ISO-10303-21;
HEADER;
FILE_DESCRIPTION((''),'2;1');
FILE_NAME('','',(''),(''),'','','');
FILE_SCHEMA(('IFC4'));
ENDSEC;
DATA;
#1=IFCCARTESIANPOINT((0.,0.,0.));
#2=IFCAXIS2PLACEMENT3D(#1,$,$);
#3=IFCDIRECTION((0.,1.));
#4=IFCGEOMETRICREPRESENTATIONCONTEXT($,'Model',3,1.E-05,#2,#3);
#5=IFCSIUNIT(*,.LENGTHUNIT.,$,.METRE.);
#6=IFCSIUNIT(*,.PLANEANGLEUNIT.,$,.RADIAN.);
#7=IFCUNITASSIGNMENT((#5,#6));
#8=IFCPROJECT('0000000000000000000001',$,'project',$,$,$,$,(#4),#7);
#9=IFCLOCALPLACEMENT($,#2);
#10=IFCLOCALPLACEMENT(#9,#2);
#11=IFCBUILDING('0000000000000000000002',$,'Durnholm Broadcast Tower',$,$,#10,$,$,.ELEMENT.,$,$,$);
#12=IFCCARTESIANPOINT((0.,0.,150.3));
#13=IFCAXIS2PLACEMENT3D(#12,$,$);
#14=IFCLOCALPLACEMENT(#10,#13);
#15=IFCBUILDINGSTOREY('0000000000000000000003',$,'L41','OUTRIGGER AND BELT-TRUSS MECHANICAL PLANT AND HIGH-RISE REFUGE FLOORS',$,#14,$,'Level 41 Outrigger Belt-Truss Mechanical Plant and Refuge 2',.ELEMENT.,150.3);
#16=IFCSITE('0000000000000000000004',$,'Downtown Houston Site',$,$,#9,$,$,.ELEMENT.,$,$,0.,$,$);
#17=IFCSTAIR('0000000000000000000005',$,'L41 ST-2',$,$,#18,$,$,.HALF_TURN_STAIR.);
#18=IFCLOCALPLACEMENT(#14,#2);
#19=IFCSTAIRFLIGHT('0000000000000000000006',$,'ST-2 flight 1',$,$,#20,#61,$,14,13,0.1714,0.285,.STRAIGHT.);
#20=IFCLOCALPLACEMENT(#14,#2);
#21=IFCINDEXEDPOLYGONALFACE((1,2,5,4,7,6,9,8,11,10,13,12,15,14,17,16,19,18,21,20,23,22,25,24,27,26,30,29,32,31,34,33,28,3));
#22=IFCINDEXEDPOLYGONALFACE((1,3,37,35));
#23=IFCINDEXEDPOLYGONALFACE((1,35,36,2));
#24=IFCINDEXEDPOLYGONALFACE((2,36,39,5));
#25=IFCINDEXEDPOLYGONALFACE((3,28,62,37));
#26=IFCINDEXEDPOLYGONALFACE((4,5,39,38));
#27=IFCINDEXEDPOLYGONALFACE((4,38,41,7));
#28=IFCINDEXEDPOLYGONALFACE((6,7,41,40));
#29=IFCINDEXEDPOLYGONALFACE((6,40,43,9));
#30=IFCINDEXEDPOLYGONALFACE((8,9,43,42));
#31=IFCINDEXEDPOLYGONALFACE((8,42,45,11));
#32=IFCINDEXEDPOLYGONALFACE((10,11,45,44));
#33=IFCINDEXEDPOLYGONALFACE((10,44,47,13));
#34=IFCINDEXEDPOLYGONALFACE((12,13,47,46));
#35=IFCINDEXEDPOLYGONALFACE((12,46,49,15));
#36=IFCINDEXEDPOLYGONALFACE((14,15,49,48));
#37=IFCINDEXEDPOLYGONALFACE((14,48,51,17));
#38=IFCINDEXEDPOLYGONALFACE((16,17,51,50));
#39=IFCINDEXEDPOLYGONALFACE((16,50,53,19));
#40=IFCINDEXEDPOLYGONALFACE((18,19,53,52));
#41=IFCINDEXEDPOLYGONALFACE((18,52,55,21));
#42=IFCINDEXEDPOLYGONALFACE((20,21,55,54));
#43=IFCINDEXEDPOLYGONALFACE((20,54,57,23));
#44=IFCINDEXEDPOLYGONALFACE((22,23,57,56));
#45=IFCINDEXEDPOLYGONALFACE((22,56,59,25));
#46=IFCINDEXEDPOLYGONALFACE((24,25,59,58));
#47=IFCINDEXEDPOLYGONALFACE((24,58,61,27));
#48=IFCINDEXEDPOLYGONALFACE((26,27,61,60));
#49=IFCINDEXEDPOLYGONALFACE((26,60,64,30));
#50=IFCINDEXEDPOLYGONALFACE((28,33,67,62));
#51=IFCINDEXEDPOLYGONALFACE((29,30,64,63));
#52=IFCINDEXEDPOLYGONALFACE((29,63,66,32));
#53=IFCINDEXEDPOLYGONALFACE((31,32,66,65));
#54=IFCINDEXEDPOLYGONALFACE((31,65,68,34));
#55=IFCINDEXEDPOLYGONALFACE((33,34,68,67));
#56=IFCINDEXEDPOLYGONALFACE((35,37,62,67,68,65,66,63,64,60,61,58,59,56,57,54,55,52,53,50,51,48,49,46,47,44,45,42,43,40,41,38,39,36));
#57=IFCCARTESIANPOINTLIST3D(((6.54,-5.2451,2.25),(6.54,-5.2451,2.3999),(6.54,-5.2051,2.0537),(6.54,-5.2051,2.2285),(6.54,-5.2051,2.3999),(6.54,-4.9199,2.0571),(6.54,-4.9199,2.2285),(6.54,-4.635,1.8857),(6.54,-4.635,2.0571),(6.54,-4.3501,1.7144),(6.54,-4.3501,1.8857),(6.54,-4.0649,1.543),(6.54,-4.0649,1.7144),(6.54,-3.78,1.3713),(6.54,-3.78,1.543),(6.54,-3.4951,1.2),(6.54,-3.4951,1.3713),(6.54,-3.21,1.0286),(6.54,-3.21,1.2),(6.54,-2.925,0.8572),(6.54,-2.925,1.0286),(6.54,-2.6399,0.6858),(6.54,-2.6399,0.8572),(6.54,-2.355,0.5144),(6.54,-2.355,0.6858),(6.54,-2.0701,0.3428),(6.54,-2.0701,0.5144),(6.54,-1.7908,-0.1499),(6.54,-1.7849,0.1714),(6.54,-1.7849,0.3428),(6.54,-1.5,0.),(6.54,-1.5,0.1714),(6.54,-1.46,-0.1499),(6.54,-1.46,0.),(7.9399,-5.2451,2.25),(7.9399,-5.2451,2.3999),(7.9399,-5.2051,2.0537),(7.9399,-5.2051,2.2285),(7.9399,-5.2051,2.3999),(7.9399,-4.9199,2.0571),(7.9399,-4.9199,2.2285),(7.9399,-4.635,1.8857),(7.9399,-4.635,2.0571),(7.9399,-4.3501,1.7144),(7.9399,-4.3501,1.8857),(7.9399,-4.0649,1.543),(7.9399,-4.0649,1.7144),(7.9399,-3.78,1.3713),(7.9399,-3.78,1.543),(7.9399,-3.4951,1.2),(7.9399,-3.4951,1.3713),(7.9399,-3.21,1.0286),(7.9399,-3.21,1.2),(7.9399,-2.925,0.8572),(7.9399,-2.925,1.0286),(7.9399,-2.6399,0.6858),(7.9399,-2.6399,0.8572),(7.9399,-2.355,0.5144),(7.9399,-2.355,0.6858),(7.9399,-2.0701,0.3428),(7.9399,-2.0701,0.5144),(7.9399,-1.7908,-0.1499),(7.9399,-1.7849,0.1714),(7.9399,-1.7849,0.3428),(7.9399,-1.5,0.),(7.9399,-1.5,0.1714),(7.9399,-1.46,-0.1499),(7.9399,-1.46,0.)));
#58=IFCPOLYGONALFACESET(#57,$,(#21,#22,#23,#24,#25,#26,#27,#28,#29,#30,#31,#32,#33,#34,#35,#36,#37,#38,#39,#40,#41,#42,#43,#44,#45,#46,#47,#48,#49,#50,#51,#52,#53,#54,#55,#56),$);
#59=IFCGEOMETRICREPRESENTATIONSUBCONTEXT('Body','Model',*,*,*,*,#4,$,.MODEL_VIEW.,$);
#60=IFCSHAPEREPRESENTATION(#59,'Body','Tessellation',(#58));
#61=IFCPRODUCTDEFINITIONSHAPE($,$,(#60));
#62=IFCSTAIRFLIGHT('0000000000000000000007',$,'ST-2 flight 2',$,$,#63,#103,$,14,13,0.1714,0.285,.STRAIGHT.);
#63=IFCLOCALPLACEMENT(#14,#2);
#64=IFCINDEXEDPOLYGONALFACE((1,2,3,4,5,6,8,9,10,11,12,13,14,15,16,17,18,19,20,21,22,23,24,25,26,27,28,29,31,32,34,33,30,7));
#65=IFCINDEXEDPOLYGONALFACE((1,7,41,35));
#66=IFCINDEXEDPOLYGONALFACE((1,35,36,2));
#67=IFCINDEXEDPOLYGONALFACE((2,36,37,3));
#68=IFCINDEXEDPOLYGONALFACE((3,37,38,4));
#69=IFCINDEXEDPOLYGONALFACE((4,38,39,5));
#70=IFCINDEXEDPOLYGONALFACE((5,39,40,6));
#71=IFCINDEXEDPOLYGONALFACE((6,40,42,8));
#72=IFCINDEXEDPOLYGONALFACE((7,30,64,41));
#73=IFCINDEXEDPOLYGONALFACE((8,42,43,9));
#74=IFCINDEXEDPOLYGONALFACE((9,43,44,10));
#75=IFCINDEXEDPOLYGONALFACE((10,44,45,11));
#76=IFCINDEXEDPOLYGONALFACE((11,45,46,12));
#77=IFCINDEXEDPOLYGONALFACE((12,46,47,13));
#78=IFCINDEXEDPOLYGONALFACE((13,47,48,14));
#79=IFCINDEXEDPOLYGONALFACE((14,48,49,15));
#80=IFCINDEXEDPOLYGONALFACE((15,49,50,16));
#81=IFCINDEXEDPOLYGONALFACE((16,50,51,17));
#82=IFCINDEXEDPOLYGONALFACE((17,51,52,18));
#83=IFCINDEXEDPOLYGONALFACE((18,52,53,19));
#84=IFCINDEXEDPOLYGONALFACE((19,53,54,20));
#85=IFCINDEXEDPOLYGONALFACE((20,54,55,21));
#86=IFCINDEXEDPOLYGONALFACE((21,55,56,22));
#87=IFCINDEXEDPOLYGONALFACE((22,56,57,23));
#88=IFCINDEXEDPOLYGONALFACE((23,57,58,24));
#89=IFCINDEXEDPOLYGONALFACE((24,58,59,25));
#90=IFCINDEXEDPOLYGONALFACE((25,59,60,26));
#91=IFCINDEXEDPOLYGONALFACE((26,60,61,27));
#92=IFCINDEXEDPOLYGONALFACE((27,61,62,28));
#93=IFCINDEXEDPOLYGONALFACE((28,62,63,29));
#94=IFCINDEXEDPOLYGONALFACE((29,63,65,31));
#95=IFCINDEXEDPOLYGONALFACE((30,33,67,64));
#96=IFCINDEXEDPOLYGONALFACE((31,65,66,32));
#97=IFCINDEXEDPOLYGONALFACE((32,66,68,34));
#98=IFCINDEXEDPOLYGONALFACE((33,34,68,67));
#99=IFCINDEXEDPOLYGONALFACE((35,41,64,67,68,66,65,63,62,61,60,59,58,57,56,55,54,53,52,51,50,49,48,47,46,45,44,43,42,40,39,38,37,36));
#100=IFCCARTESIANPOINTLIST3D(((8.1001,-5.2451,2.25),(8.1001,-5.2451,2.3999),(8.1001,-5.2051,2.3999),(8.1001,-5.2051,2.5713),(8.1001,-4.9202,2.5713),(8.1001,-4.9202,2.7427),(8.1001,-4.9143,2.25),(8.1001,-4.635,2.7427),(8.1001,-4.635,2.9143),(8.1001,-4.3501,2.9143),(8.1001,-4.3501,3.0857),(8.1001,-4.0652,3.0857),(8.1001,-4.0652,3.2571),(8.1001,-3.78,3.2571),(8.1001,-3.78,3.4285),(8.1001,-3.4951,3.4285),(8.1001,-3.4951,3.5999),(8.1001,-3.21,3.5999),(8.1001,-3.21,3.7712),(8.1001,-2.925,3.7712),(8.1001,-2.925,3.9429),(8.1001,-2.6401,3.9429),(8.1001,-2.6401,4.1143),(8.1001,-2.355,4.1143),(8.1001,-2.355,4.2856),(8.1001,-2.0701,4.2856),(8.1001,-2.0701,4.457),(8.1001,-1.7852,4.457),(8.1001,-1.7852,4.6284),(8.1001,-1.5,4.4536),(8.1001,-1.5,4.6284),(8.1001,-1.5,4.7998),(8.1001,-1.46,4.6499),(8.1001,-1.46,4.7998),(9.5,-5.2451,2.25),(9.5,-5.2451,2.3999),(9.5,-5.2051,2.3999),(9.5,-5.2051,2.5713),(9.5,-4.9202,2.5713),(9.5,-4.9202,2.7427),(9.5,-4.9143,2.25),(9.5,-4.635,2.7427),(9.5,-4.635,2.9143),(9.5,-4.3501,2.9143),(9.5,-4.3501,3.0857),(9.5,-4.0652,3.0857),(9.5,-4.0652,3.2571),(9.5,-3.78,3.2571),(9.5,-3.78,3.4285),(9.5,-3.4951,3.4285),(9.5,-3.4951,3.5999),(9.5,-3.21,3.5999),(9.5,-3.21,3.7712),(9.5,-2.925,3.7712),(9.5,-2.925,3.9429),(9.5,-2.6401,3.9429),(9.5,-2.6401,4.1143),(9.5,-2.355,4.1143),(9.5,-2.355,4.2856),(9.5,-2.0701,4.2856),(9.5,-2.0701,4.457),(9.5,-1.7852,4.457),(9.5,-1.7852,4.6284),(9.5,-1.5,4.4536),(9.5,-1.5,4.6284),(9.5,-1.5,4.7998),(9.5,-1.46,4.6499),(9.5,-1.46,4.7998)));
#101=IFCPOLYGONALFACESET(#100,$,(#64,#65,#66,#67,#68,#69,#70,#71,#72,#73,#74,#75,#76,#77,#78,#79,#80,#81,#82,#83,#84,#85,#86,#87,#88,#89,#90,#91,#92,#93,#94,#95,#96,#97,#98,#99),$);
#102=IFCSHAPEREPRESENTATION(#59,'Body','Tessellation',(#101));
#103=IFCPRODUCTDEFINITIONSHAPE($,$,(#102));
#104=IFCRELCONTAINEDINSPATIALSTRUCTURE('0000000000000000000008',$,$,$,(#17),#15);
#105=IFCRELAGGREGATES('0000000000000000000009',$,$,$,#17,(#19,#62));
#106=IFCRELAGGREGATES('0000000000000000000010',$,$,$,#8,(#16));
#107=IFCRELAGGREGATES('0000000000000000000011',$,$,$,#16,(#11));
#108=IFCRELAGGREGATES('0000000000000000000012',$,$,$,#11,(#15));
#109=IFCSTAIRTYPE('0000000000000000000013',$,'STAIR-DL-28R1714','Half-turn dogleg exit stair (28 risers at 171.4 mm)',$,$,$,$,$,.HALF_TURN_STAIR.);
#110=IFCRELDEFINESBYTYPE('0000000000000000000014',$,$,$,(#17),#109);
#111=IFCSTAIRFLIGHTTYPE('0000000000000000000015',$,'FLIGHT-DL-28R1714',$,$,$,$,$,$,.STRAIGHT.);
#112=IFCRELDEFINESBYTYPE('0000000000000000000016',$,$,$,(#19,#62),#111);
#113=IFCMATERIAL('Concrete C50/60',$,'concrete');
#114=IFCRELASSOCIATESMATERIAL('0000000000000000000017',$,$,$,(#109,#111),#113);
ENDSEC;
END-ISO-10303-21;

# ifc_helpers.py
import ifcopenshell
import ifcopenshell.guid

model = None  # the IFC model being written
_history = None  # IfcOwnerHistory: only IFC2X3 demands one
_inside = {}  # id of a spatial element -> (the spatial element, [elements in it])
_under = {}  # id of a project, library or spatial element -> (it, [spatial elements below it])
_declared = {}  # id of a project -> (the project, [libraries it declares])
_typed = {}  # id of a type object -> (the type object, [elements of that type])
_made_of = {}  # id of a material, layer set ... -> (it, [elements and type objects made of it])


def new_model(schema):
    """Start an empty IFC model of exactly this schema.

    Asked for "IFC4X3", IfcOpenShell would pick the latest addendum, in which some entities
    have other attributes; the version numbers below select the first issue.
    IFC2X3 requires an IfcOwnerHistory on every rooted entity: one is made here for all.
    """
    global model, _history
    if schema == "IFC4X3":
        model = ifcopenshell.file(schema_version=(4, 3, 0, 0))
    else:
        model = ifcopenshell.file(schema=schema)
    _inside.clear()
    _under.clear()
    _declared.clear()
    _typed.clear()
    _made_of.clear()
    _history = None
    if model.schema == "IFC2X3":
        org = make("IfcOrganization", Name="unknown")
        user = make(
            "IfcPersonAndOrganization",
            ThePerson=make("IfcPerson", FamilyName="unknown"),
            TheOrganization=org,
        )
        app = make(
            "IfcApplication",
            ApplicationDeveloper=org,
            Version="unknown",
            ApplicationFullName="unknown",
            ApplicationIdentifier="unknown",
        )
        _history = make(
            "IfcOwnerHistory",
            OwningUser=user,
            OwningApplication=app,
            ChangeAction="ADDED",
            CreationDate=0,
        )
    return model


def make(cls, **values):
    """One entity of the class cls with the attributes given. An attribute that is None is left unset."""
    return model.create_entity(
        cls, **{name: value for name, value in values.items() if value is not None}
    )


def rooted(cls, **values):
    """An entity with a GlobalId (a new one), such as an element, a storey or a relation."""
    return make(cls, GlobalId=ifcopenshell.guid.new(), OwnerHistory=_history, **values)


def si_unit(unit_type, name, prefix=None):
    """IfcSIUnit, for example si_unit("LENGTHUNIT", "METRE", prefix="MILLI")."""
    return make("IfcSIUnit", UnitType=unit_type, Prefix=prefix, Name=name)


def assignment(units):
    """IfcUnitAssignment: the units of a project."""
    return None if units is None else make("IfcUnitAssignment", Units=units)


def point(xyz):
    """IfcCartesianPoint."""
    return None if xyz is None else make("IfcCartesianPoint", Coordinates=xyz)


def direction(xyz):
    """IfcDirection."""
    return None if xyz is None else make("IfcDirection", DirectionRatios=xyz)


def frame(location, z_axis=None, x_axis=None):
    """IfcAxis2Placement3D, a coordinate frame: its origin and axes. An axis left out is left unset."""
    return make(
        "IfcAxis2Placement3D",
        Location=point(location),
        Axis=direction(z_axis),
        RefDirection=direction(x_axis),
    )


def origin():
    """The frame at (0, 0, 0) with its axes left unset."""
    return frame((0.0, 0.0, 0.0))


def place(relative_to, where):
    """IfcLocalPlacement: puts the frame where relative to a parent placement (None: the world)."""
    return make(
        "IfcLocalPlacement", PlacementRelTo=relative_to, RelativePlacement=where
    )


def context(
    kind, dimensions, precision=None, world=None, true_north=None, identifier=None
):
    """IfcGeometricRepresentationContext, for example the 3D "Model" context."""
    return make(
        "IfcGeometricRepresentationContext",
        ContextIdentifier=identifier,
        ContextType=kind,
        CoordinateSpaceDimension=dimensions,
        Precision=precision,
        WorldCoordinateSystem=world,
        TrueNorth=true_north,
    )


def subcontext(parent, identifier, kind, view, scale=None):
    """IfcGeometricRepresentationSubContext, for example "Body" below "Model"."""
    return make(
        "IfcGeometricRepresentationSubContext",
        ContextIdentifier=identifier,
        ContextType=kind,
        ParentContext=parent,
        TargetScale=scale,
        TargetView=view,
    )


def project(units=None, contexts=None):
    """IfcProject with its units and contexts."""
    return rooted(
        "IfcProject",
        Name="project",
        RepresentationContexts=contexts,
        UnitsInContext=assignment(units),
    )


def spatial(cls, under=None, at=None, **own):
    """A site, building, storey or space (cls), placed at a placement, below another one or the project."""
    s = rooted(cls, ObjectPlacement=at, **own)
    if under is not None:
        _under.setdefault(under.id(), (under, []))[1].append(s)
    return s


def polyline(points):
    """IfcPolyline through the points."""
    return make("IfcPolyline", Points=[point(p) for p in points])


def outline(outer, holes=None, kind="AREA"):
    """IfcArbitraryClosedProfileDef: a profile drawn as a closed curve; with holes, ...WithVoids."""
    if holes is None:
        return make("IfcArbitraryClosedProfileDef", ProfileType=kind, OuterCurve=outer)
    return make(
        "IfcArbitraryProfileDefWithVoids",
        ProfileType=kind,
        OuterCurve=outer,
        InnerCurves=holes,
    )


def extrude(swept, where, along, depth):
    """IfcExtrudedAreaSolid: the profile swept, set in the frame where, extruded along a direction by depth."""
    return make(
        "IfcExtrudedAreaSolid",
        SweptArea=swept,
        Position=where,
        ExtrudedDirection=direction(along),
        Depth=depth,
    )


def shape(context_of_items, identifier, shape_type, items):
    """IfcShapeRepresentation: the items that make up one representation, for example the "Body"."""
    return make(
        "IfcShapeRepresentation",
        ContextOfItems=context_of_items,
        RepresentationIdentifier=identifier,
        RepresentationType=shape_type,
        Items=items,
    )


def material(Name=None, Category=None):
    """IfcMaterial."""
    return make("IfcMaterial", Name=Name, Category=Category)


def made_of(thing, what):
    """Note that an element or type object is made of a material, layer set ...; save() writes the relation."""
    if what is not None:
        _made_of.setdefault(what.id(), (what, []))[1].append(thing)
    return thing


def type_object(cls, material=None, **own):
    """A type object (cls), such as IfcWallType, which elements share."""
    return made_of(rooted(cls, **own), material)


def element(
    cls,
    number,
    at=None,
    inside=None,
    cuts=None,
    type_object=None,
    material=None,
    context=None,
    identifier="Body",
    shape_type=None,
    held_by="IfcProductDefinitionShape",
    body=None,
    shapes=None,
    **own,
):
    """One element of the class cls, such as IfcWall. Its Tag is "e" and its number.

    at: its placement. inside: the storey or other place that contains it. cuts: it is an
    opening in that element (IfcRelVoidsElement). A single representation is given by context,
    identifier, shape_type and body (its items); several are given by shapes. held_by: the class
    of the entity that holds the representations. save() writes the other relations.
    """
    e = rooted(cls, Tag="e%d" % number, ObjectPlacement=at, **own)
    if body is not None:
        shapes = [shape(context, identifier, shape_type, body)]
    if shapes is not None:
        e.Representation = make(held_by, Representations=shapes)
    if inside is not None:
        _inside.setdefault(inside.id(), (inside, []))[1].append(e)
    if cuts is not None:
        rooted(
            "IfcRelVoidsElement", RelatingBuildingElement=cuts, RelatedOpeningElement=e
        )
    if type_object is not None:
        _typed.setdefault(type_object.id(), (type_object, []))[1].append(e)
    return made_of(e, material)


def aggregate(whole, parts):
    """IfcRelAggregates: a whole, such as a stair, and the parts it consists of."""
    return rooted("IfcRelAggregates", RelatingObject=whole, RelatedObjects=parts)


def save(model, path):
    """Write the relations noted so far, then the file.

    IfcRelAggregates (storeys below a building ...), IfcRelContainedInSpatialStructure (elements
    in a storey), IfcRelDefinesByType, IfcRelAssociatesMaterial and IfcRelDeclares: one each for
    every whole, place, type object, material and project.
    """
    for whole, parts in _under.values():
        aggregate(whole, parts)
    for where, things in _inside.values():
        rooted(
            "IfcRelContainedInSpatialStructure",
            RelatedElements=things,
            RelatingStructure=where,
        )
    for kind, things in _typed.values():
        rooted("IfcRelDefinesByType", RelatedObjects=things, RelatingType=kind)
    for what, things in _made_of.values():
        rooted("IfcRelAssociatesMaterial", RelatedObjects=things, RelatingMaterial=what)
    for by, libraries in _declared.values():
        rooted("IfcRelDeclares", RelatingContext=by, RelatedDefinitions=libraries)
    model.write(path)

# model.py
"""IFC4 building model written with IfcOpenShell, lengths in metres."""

from ifc_helpers import new_model, si_unit, direction, frame, origin, place, context, subcontext, project, spatial, polyline, outline, extrude, material, type_object, element, aggregate, save


model = new_model("IFC4")

# Units and contexts
model_context = context("Model", 3, precision=1e-05, world=origin(), true_north=direction((0.0, 1.0)))
body_context = subcontext(model_context, "Body", "Model", "MODEL_VIEW")
ifc_project = project(units=[si_unit("LENGTHUNIT", "METRE"), si_unit("PLANEANGLEUNIT", "RADIAN")], contexts=[model_context])

# Site, building, storey
site_placement = place(None, origin())
site = spatial("IfcSite", under=ifc_project, at=site_placement, Name="Downtown Houston Site", CompositionType="ELEMENT", RefElevation=0.0)
building_placement = place(site_placement, origin())
building = spatial("IfcBuilding", under=site, at=building_placement, Name="Durnholm Broadcast Tower", CompositionType="ELEMENT")
storey_placement = place(building_placement, frame((0.0, 0.0, 150.3)))
storey = spatial("IfcBuildingStorey", under=building, at=storey_placement, Name="L41", Description="OUTRIGGER AND BELT-TRUSS MECHANICAL PLANT AND HIGH-RISE REFUGE FLOORS", LongName="Level 41 Outrigger Belt-Truss Mechanical Plant and Refuge 2", CompositionType="ELEMENT", Elevation=150.3)

# Shared definitions
ifc_material_1 = material(Name="Concrete C50/60", Category="concrete")

# Stair, stair flights
stair_type = type_object("IfcStairType", Name="STAIR-DL-28R1714", Description="Half-turn dogleg exit stair (28 risers at 171.4 mm)", PredefinedType="HALF_TURN_STAIR", material=ifc_material_1)
stair_placement = place(storey_placement, origin())
stair = element("IfcStair", 1, at=stair_placement, inside=storey, type_object=stair_type, Name="L41 ST-2", PredefinedType="HALF_TURN_STAIR")
stair_flight_type = type_object("IfcStairFlightType", Name="FLIGHT-DL-28R1714", PredefinedType="STRAIGHT", material=ifc_material_1)
stair_flight_1_placement = place(storey_placement, frame((7.24, -1.5, 0.0), z_axis=(0.0, 0.0, 1.0), x_axis=(0.0, -1.0, 0.0)))
stair_flight_1 = element("IfcStairFlight", 2, at=stair_flight_1_placement, type_object=stair_flight_type, Name="ST-2 flight 1", NumberOfRisers=14, NumberOfTreads=13, PredefinedType="STRAIGHT", RiserHeight=0.1714, TreadLength=0.285, context=body_context, shape_type="SweptSolid", body=[
    extrude(outline(polyline([(-0.04, -0.1499), (-0.04, 0.0), (0.0, 0.0), (0.0, 0.1714), (0.2849, 0.1714), (0.2849, 0.3428), (0.5701, 0.3428), (0.5701, 0.5144), (0.855, 0.5144), (0.855, 0.6858), (1.1399, 0.6858), (1.1399, 0.8572), (1.425, 0.8572), (1.425, 1.0286), (1.71, 1.0286), (1.71, 1.2), (1.9951, 1.2), (1.9951, 1.3713), (2.28, 1.3713), (2.28, 1.543), (2.5649, 1.543), (2.5649, 1.7144), (2.8501, 1.7144), (2.8501, 1.8857), (3.135, 1.8857), (3.135, 2.0571), (3.4199, 2.0571), (3.4199, 2.2285), (3.7051, 2.2285), (3.7051, 2.3999), (3.7451, 2.3999), (3.7451, 2.25), (3.7051, 2.0537), (0.2908, -0.1499), (-0.04, -0.1499)])), frame((0.0, 0.7, 0.0), z_axis=(0.0, -1.0, 0.0), x_axis=(1.0, 0.0, 0.0)), (0.0, 0.0, 1.0), 1.3999),
])
stair_flight_2_placement = place(storey_placement, frame((8.8, -5.2051, 2.3999), z_axis=(0.0, 0.0, 1.0), x_axis=(0.0, 1.0, 0.0)))
stair_flight_2 = element("IfcStairFlight", 3, at=stair_flight_2_placement, type_object=stair_flight_type, Name="ST-2 flight 2", NumberOfRisers=14, NumberOfTreads=13, PredefinedType="STRAIGHT", RiserHeight=0.1714, TreadLength=0.285, context=body_context, shape_type="SweptSolid", body=[
    extrude(outline(polyline([(-0.04, -0.1499), (-0.04, 0.0), (0.0, 0.0), (0.0, 0.1714), (0.2849, 0.1714), (0.2849, 0.3428), (0.5701, 0.3428), (0.5701, 0.5144), (0.855, 0.5144), (0.855, 0.6858), (1.1399, 0.6858), (1.1399, 0.8572), (1.425, 0.8572), (1.425, 1.0286), (1.71, 1.0286), (1.71, 1.2), (1.9951, 1.2), (1.9951, 1.3713), (2.28, 1.3713), (2.28, 1.543), (2.5649, 1.543), (2.5649, 1.7144), (2.8501, 1.7144), (2.8501, 1.8857), (3.135, 1.8857), (3.135, 2.0571), (3.4199, 2.0571), (3.4199, 2.2285), (3.7051, 2.2285), (3.7051, 2.3999), (3.7451, 2.3999), (3.7451, 2.25), (3.7051, 2.0537), (0.2908, -0.1499), (-0.04, -0.1499)])), frame((0.0, 0.7, 0.0), z_axis=(0.0, -1.0, 0.0), x_axis=(1.0, 0.0, 0.0)), (0.0, 0.0, 1.0), 1.3999),
])
aggregate(stair, [stair_flight_1, stair_flight_2])

save(model, "model.ifc")
